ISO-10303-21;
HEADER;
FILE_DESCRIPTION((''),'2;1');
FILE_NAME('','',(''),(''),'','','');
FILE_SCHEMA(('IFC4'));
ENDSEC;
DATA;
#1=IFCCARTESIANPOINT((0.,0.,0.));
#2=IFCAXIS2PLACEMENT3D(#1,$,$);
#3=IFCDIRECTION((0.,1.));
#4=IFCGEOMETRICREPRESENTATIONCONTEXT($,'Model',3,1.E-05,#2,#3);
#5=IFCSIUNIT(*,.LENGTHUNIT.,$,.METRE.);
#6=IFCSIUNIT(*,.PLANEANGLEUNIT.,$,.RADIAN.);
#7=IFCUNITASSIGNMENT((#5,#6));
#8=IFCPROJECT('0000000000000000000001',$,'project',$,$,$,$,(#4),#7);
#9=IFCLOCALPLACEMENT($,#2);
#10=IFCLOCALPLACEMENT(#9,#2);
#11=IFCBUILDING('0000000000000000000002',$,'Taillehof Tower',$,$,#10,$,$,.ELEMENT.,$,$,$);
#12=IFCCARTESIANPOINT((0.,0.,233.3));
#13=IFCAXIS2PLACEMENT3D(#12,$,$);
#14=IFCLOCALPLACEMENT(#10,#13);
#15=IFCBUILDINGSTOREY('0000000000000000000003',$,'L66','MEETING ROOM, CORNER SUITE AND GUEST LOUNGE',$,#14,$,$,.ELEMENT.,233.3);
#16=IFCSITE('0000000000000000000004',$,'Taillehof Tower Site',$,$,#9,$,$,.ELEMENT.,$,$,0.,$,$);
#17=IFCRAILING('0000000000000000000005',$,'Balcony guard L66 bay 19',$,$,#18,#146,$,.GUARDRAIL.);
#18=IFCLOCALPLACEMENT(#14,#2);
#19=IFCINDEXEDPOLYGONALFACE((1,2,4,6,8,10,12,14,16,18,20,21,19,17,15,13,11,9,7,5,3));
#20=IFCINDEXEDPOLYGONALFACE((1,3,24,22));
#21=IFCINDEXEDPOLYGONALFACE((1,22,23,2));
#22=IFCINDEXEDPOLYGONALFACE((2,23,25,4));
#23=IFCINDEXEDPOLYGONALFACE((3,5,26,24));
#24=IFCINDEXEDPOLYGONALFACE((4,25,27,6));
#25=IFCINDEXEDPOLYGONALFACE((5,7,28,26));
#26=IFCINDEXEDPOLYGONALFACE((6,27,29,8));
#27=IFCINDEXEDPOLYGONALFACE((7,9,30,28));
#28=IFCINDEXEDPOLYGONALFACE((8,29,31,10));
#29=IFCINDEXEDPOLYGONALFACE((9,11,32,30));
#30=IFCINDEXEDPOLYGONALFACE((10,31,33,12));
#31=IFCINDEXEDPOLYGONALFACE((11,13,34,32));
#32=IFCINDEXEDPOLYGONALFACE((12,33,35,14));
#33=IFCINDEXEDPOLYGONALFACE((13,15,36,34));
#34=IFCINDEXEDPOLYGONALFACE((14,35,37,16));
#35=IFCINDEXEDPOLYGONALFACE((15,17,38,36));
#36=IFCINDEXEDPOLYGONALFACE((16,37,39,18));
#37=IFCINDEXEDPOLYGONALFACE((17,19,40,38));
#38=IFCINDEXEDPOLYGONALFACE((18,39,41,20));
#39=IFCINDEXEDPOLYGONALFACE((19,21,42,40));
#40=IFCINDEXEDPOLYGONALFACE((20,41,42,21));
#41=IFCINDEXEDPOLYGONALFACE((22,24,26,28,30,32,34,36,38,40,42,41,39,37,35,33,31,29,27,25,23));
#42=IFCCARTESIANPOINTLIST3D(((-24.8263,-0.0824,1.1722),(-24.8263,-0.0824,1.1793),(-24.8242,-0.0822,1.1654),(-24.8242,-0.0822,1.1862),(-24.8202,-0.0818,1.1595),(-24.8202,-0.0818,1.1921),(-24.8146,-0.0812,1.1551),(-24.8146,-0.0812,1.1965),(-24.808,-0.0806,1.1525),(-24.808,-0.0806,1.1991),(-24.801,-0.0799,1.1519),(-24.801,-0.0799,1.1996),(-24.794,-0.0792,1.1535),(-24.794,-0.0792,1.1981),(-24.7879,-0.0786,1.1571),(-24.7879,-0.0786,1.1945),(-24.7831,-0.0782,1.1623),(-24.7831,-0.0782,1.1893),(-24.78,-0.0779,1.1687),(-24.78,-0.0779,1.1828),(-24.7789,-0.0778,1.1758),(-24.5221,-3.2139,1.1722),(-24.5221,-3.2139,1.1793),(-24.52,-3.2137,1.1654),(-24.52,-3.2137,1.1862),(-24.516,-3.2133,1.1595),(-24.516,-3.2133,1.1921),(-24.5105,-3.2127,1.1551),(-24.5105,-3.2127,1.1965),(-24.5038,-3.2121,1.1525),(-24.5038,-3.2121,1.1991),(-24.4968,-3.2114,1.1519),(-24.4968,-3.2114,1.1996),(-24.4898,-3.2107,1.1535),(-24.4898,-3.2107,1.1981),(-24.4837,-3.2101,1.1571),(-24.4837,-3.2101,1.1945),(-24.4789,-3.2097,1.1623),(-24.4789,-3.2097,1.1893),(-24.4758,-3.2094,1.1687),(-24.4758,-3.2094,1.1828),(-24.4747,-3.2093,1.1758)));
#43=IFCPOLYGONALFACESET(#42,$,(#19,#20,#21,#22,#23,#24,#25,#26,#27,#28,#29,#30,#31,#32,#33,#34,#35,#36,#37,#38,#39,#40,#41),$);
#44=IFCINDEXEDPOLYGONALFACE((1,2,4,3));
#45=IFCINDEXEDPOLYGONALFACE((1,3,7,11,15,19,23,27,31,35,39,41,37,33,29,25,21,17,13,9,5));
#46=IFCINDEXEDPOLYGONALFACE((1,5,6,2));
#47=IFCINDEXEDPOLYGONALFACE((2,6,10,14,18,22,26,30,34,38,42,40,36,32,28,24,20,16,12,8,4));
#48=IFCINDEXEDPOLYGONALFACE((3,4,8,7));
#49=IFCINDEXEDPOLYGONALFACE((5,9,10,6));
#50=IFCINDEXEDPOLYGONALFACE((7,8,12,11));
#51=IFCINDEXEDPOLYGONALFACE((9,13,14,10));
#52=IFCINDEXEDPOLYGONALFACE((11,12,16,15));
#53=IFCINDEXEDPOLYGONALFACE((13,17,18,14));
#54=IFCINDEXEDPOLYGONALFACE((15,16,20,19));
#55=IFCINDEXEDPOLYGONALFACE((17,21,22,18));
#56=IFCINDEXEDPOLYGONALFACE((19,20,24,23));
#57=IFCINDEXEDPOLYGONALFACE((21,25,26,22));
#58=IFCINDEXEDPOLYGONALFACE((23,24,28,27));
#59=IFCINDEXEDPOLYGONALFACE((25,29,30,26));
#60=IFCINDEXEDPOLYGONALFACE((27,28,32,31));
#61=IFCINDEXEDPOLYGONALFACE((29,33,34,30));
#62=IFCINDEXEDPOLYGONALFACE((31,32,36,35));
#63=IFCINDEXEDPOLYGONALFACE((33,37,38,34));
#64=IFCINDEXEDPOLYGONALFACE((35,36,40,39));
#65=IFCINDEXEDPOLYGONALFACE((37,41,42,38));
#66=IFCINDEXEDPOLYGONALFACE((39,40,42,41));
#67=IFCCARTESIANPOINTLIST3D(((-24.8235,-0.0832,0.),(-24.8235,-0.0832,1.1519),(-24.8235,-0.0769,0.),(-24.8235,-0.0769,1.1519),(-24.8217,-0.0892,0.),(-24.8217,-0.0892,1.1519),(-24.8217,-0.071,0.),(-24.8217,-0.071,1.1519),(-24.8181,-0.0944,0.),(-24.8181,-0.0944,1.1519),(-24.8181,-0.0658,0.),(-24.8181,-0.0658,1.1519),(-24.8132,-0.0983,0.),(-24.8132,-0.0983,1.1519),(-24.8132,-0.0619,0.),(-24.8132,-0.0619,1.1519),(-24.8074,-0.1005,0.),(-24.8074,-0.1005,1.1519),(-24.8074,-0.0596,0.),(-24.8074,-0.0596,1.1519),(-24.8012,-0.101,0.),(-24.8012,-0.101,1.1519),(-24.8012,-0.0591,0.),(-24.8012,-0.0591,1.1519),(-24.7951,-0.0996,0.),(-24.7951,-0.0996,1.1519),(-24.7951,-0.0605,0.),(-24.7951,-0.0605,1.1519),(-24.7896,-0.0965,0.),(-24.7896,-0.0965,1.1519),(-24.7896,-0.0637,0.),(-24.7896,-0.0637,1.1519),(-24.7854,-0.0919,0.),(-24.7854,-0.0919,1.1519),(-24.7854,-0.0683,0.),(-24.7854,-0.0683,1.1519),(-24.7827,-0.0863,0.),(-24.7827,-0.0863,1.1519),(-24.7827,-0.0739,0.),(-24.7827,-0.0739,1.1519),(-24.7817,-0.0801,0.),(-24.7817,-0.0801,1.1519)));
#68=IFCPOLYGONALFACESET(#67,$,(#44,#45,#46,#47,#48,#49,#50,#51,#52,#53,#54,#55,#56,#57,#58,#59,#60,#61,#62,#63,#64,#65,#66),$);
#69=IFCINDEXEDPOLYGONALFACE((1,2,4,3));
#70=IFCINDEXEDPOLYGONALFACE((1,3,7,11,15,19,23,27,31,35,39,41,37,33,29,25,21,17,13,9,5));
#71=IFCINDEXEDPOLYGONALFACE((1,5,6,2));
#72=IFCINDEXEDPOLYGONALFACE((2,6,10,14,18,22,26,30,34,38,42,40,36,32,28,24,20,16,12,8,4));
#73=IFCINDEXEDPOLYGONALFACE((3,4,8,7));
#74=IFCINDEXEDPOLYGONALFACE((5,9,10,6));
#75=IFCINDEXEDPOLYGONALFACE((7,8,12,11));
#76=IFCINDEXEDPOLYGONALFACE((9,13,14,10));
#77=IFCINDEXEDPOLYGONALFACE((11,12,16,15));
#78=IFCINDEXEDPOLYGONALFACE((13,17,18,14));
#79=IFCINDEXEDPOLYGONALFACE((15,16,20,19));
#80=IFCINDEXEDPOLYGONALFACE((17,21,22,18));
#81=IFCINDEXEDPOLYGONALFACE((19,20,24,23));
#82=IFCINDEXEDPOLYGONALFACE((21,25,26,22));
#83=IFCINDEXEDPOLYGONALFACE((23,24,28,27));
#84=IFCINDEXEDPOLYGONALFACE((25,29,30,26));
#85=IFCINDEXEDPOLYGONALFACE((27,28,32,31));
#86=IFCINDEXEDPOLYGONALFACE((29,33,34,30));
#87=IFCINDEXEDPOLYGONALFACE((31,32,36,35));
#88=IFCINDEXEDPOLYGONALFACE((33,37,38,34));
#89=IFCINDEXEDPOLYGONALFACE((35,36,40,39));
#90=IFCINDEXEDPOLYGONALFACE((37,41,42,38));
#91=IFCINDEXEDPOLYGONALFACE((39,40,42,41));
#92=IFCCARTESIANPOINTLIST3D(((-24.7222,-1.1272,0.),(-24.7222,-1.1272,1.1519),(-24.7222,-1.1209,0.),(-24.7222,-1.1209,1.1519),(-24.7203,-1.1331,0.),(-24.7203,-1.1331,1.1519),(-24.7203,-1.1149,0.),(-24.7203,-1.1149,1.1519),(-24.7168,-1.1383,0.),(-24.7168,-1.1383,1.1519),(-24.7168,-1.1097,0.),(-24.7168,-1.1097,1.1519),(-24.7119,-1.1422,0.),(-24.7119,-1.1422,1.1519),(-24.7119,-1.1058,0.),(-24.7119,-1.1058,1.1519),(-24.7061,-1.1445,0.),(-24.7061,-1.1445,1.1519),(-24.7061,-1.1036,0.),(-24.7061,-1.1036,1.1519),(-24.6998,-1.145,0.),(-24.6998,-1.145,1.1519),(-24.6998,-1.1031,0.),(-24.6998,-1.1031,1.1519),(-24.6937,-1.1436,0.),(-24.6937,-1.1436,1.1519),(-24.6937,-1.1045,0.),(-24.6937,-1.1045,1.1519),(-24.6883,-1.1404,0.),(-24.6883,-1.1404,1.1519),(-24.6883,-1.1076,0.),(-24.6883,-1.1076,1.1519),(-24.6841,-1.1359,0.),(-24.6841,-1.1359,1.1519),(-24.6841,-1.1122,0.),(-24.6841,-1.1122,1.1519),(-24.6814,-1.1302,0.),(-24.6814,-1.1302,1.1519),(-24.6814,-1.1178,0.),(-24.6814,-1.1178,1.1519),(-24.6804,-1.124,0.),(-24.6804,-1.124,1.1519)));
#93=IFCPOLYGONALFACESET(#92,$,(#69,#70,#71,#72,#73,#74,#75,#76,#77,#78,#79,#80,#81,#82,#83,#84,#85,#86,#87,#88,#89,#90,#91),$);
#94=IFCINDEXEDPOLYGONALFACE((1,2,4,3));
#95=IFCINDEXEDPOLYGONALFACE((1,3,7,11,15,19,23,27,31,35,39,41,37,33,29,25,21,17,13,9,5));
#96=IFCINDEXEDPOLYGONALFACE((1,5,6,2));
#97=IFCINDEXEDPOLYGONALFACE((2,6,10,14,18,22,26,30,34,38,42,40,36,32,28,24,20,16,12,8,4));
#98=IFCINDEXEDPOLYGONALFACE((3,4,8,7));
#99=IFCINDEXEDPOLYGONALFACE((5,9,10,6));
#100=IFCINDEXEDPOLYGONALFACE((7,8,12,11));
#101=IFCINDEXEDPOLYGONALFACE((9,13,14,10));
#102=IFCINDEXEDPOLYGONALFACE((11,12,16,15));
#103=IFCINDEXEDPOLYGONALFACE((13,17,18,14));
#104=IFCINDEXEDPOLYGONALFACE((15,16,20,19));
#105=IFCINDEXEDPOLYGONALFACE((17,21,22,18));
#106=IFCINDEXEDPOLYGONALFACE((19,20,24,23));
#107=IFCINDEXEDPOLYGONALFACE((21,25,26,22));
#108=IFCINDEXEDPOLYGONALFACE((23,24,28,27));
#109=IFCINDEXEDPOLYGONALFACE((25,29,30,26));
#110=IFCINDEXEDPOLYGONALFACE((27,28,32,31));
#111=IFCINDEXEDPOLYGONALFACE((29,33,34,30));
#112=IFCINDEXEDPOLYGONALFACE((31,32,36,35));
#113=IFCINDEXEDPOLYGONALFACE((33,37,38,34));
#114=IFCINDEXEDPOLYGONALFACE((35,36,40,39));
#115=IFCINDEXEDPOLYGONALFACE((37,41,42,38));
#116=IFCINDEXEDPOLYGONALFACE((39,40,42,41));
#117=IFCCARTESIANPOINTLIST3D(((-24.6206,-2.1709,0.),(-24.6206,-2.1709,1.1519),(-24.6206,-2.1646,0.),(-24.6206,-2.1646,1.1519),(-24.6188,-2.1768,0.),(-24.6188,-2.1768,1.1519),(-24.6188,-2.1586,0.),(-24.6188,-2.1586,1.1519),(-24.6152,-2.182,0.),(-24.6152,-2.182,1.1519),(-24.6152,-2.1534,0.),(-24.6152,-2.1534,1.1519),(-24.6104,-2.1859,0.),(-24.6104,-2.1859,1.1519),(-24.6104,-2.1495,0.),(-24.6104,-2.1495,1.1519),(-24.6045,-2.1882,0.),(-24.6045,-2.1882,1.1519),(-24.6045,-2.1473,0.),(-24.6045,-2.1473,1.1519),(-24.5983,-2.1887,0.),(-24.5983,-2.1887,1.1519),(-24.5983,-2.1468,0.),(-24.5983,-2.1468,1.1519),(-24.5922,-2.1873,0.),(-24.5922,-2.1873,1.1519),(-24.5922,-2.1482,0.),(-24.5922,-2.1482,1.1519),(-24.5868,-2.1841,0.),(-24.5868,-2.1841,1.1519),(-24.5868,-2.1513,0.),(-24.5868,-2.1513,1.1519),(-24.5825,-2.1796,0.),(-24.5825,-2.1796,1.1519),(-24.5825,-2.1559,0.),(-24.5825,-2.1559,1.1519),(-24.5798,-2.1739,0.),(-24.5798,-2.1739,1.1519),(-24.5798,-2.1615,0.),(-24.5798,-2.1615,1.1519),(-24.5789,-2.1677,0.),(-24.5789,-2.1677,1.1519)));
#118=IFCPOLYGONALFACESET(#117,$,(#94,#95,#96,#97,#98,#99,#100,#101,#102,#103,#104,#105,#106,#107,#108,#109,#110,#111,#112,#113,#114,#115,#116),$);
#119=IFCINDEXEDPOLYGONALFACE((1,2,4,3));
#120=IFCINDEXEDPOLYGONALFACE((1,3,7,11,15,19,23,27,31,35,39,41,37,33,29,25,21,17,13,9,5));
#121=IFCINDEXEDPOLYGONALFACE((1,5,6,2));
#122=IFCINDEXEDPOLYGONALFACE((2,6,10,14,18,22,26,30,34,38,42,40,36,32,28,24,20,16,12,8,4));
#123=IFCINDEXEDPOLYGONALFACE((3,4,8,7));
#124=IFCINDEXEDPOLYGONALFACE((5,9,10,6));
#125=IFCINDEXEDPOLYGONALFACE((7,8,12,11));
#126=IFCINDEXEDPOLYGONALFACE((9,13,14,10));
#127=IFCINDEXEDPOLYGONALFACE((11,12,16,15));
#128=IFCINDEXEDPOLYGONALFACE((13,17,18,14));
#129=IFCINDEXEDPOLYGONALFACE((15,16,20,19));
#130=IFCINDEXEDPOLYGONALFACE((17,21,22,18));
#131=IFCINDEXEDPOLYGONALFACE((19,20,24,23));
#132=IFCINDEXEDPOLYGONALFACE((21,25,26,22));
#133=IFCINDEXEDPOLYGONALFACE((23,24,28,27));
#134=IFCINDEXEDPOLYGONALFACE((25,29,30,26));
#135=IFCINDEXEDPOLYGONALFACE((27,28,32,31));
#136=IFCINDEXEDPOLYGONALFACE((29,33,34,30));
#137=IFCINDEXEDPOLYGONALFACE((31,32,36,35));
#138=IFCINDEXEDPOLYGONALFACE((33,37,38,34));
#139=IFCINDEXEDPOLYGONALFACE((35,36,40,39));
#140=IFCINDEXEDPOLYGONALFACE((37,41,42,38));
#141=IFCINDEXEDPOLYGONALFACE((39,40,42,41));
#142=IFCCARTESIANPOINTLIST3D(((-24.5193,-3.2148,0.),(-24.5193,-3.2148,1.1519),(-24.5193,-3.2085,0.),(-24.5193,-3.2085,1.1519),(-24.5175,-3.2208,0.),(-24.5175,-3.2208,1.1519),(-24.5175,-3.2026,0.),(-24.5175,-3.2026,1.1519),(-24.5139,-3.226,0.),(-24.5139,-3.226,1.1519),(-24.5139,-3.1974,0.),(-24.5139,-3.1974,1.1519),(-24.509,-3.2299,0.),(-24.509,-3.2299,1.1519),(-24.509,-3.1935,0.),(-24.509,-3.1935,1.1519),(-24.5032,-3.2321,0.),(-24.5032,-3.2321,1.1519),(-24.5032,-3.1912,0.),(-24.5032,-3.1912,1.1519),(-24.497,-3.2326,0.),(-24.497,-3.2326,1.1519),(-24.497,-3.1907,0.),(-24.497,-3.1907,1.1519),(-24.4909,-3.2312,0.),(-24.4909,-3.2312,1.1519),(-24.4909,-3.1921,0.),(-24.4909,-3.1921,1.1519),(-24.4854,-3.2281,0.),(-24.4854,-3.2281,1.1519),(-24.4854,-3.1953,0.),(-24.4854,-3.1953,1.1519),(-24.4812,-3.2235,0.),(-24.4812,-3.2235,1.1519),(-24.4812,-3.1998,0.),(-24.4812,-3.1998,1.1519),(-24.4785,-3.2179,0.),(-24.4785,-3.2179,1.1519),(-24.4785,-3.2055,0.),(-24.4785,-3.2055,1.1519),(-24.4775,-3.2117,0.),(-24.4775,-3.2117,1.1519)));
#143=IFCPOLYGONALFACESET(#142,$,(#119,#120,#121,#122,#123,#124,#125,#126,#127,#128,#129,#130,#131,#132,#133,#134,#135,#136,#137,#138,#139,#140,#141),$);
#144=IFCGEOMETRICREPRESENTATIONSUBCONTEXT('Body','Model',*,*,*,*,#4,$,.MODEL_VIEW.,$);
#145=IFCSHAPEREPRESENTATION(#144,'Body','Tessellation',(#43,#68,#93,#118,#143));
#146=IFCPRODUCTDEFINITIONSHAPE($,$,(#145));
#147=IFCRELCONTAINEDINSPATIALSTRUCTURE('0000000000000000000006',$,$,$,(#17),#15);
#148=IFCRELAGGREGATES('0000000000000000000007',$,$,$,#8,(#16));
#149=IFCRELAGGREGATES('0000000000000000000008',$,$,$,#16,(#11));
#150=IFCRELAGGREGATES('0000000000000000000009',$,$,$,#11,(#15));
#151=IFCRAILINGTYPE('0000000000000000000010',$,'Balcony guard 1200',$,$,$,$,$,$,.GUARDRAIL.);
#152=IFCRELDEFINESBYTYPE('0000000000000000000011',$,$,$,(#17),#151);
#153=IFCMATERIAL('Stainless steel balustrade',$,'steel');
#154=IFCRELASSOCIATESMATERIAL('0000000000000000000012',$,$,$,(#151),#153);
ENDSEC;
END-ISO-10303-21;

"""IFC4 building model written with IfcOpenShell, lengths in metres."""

from ifc_helpers import new_model, si_unit, direction, frame, origin, origin_2d, place, context, subcontext, project, spatial, circle, extrude, material, type_object, element, save


model = new_model("IFC4")

# Units and contexts
model_context = context("Model", 3, precision=1e-05, world=origin(), true_north=direction((0.0, 1.0)))
body_context = subcontext(model_context, "Body", "Model", "MODEL_VIEW")
ifc_project = project(units=[si_unit("LENGTHUNIT", "METRE"), si_unit("PLANEANGLEUNIT", "RADIAN")], contexts=[model_context])

# Site, building, storey
site_placement = place(None, origin())
site = spatial("IfcSite", under=ifc_project, at=site_placement, Name="Taillehof Tower Site", CompositionType="ELEMENT", RefElevation=0.0)
building_placement = place(site_placement, origin())
building = spatial("IfcBuilding", under=site, at=building_placement, Name="Taillehof Tower", CompositionType="ELEMENT")
storey_placement = place(building_placement, frame((0.0, 0.0, 233.3)))
storey = spatial("IfcBuildingStorey", under=building, at=storey_placement, Name="L66", Description="MEETING ROOM, CORNER SUITE AND GUEST LOUNGE", CompositionType="ELEMENT", Elevation=233.3)

# Railing
ifc_material_1 = material(Name="Stainless steel balustrade", Category="steel")
railing_type = type_object("IfcRailingType", Name="Balcony guard 1200", PredefinedType="GUARDRAIL", material=ifc_material_1)
railing_1_placement = place(storey_placement, frame((-24.8027, -0.0801, 0.0)))
element("IfcRailing", 1, at=railing_1_placement, inside=storey, type_object=railing_type, Name="Balcony guard L66 bay 19", PredefinedType="GUARDRAIL", context=body_context, shape_type="SweptSolid", body=[
    extrude(circle(Radius=0.0239, at=origin_2d()), frame((0.0, 0.0, 1.1758), z_axis=(0.096684, -0.995315, 0.0), x_axis=(0.995315, 0.096684, 0.0)), (0.0, 0.0, 1.0), 3.1462),
    extrude(circle(Radius=0.021, at=origin_2d()), origin(), (0.0, 0.0, 1.0), 1.1519),
    extrude(circle(Radius=0.021, at=origin_2d()), frame((0.1013, -1.0439, 0.0)), (0.0, 0.0, 1.0), 1.1519),
    extrude(circle(Radius=0.021, at=origin_2d()), frame((0.2029, -2.0876, 0.0)), (0.0, 0.0, 1.0), 1.1519),
    extrude(circle(Radius=0.021, at=origin_2d()), frame((0.3042, -3.1316, 0.0)), (0.0, 0.0, 1.0), 1.1519),
])

save(model, "model.ifc")
